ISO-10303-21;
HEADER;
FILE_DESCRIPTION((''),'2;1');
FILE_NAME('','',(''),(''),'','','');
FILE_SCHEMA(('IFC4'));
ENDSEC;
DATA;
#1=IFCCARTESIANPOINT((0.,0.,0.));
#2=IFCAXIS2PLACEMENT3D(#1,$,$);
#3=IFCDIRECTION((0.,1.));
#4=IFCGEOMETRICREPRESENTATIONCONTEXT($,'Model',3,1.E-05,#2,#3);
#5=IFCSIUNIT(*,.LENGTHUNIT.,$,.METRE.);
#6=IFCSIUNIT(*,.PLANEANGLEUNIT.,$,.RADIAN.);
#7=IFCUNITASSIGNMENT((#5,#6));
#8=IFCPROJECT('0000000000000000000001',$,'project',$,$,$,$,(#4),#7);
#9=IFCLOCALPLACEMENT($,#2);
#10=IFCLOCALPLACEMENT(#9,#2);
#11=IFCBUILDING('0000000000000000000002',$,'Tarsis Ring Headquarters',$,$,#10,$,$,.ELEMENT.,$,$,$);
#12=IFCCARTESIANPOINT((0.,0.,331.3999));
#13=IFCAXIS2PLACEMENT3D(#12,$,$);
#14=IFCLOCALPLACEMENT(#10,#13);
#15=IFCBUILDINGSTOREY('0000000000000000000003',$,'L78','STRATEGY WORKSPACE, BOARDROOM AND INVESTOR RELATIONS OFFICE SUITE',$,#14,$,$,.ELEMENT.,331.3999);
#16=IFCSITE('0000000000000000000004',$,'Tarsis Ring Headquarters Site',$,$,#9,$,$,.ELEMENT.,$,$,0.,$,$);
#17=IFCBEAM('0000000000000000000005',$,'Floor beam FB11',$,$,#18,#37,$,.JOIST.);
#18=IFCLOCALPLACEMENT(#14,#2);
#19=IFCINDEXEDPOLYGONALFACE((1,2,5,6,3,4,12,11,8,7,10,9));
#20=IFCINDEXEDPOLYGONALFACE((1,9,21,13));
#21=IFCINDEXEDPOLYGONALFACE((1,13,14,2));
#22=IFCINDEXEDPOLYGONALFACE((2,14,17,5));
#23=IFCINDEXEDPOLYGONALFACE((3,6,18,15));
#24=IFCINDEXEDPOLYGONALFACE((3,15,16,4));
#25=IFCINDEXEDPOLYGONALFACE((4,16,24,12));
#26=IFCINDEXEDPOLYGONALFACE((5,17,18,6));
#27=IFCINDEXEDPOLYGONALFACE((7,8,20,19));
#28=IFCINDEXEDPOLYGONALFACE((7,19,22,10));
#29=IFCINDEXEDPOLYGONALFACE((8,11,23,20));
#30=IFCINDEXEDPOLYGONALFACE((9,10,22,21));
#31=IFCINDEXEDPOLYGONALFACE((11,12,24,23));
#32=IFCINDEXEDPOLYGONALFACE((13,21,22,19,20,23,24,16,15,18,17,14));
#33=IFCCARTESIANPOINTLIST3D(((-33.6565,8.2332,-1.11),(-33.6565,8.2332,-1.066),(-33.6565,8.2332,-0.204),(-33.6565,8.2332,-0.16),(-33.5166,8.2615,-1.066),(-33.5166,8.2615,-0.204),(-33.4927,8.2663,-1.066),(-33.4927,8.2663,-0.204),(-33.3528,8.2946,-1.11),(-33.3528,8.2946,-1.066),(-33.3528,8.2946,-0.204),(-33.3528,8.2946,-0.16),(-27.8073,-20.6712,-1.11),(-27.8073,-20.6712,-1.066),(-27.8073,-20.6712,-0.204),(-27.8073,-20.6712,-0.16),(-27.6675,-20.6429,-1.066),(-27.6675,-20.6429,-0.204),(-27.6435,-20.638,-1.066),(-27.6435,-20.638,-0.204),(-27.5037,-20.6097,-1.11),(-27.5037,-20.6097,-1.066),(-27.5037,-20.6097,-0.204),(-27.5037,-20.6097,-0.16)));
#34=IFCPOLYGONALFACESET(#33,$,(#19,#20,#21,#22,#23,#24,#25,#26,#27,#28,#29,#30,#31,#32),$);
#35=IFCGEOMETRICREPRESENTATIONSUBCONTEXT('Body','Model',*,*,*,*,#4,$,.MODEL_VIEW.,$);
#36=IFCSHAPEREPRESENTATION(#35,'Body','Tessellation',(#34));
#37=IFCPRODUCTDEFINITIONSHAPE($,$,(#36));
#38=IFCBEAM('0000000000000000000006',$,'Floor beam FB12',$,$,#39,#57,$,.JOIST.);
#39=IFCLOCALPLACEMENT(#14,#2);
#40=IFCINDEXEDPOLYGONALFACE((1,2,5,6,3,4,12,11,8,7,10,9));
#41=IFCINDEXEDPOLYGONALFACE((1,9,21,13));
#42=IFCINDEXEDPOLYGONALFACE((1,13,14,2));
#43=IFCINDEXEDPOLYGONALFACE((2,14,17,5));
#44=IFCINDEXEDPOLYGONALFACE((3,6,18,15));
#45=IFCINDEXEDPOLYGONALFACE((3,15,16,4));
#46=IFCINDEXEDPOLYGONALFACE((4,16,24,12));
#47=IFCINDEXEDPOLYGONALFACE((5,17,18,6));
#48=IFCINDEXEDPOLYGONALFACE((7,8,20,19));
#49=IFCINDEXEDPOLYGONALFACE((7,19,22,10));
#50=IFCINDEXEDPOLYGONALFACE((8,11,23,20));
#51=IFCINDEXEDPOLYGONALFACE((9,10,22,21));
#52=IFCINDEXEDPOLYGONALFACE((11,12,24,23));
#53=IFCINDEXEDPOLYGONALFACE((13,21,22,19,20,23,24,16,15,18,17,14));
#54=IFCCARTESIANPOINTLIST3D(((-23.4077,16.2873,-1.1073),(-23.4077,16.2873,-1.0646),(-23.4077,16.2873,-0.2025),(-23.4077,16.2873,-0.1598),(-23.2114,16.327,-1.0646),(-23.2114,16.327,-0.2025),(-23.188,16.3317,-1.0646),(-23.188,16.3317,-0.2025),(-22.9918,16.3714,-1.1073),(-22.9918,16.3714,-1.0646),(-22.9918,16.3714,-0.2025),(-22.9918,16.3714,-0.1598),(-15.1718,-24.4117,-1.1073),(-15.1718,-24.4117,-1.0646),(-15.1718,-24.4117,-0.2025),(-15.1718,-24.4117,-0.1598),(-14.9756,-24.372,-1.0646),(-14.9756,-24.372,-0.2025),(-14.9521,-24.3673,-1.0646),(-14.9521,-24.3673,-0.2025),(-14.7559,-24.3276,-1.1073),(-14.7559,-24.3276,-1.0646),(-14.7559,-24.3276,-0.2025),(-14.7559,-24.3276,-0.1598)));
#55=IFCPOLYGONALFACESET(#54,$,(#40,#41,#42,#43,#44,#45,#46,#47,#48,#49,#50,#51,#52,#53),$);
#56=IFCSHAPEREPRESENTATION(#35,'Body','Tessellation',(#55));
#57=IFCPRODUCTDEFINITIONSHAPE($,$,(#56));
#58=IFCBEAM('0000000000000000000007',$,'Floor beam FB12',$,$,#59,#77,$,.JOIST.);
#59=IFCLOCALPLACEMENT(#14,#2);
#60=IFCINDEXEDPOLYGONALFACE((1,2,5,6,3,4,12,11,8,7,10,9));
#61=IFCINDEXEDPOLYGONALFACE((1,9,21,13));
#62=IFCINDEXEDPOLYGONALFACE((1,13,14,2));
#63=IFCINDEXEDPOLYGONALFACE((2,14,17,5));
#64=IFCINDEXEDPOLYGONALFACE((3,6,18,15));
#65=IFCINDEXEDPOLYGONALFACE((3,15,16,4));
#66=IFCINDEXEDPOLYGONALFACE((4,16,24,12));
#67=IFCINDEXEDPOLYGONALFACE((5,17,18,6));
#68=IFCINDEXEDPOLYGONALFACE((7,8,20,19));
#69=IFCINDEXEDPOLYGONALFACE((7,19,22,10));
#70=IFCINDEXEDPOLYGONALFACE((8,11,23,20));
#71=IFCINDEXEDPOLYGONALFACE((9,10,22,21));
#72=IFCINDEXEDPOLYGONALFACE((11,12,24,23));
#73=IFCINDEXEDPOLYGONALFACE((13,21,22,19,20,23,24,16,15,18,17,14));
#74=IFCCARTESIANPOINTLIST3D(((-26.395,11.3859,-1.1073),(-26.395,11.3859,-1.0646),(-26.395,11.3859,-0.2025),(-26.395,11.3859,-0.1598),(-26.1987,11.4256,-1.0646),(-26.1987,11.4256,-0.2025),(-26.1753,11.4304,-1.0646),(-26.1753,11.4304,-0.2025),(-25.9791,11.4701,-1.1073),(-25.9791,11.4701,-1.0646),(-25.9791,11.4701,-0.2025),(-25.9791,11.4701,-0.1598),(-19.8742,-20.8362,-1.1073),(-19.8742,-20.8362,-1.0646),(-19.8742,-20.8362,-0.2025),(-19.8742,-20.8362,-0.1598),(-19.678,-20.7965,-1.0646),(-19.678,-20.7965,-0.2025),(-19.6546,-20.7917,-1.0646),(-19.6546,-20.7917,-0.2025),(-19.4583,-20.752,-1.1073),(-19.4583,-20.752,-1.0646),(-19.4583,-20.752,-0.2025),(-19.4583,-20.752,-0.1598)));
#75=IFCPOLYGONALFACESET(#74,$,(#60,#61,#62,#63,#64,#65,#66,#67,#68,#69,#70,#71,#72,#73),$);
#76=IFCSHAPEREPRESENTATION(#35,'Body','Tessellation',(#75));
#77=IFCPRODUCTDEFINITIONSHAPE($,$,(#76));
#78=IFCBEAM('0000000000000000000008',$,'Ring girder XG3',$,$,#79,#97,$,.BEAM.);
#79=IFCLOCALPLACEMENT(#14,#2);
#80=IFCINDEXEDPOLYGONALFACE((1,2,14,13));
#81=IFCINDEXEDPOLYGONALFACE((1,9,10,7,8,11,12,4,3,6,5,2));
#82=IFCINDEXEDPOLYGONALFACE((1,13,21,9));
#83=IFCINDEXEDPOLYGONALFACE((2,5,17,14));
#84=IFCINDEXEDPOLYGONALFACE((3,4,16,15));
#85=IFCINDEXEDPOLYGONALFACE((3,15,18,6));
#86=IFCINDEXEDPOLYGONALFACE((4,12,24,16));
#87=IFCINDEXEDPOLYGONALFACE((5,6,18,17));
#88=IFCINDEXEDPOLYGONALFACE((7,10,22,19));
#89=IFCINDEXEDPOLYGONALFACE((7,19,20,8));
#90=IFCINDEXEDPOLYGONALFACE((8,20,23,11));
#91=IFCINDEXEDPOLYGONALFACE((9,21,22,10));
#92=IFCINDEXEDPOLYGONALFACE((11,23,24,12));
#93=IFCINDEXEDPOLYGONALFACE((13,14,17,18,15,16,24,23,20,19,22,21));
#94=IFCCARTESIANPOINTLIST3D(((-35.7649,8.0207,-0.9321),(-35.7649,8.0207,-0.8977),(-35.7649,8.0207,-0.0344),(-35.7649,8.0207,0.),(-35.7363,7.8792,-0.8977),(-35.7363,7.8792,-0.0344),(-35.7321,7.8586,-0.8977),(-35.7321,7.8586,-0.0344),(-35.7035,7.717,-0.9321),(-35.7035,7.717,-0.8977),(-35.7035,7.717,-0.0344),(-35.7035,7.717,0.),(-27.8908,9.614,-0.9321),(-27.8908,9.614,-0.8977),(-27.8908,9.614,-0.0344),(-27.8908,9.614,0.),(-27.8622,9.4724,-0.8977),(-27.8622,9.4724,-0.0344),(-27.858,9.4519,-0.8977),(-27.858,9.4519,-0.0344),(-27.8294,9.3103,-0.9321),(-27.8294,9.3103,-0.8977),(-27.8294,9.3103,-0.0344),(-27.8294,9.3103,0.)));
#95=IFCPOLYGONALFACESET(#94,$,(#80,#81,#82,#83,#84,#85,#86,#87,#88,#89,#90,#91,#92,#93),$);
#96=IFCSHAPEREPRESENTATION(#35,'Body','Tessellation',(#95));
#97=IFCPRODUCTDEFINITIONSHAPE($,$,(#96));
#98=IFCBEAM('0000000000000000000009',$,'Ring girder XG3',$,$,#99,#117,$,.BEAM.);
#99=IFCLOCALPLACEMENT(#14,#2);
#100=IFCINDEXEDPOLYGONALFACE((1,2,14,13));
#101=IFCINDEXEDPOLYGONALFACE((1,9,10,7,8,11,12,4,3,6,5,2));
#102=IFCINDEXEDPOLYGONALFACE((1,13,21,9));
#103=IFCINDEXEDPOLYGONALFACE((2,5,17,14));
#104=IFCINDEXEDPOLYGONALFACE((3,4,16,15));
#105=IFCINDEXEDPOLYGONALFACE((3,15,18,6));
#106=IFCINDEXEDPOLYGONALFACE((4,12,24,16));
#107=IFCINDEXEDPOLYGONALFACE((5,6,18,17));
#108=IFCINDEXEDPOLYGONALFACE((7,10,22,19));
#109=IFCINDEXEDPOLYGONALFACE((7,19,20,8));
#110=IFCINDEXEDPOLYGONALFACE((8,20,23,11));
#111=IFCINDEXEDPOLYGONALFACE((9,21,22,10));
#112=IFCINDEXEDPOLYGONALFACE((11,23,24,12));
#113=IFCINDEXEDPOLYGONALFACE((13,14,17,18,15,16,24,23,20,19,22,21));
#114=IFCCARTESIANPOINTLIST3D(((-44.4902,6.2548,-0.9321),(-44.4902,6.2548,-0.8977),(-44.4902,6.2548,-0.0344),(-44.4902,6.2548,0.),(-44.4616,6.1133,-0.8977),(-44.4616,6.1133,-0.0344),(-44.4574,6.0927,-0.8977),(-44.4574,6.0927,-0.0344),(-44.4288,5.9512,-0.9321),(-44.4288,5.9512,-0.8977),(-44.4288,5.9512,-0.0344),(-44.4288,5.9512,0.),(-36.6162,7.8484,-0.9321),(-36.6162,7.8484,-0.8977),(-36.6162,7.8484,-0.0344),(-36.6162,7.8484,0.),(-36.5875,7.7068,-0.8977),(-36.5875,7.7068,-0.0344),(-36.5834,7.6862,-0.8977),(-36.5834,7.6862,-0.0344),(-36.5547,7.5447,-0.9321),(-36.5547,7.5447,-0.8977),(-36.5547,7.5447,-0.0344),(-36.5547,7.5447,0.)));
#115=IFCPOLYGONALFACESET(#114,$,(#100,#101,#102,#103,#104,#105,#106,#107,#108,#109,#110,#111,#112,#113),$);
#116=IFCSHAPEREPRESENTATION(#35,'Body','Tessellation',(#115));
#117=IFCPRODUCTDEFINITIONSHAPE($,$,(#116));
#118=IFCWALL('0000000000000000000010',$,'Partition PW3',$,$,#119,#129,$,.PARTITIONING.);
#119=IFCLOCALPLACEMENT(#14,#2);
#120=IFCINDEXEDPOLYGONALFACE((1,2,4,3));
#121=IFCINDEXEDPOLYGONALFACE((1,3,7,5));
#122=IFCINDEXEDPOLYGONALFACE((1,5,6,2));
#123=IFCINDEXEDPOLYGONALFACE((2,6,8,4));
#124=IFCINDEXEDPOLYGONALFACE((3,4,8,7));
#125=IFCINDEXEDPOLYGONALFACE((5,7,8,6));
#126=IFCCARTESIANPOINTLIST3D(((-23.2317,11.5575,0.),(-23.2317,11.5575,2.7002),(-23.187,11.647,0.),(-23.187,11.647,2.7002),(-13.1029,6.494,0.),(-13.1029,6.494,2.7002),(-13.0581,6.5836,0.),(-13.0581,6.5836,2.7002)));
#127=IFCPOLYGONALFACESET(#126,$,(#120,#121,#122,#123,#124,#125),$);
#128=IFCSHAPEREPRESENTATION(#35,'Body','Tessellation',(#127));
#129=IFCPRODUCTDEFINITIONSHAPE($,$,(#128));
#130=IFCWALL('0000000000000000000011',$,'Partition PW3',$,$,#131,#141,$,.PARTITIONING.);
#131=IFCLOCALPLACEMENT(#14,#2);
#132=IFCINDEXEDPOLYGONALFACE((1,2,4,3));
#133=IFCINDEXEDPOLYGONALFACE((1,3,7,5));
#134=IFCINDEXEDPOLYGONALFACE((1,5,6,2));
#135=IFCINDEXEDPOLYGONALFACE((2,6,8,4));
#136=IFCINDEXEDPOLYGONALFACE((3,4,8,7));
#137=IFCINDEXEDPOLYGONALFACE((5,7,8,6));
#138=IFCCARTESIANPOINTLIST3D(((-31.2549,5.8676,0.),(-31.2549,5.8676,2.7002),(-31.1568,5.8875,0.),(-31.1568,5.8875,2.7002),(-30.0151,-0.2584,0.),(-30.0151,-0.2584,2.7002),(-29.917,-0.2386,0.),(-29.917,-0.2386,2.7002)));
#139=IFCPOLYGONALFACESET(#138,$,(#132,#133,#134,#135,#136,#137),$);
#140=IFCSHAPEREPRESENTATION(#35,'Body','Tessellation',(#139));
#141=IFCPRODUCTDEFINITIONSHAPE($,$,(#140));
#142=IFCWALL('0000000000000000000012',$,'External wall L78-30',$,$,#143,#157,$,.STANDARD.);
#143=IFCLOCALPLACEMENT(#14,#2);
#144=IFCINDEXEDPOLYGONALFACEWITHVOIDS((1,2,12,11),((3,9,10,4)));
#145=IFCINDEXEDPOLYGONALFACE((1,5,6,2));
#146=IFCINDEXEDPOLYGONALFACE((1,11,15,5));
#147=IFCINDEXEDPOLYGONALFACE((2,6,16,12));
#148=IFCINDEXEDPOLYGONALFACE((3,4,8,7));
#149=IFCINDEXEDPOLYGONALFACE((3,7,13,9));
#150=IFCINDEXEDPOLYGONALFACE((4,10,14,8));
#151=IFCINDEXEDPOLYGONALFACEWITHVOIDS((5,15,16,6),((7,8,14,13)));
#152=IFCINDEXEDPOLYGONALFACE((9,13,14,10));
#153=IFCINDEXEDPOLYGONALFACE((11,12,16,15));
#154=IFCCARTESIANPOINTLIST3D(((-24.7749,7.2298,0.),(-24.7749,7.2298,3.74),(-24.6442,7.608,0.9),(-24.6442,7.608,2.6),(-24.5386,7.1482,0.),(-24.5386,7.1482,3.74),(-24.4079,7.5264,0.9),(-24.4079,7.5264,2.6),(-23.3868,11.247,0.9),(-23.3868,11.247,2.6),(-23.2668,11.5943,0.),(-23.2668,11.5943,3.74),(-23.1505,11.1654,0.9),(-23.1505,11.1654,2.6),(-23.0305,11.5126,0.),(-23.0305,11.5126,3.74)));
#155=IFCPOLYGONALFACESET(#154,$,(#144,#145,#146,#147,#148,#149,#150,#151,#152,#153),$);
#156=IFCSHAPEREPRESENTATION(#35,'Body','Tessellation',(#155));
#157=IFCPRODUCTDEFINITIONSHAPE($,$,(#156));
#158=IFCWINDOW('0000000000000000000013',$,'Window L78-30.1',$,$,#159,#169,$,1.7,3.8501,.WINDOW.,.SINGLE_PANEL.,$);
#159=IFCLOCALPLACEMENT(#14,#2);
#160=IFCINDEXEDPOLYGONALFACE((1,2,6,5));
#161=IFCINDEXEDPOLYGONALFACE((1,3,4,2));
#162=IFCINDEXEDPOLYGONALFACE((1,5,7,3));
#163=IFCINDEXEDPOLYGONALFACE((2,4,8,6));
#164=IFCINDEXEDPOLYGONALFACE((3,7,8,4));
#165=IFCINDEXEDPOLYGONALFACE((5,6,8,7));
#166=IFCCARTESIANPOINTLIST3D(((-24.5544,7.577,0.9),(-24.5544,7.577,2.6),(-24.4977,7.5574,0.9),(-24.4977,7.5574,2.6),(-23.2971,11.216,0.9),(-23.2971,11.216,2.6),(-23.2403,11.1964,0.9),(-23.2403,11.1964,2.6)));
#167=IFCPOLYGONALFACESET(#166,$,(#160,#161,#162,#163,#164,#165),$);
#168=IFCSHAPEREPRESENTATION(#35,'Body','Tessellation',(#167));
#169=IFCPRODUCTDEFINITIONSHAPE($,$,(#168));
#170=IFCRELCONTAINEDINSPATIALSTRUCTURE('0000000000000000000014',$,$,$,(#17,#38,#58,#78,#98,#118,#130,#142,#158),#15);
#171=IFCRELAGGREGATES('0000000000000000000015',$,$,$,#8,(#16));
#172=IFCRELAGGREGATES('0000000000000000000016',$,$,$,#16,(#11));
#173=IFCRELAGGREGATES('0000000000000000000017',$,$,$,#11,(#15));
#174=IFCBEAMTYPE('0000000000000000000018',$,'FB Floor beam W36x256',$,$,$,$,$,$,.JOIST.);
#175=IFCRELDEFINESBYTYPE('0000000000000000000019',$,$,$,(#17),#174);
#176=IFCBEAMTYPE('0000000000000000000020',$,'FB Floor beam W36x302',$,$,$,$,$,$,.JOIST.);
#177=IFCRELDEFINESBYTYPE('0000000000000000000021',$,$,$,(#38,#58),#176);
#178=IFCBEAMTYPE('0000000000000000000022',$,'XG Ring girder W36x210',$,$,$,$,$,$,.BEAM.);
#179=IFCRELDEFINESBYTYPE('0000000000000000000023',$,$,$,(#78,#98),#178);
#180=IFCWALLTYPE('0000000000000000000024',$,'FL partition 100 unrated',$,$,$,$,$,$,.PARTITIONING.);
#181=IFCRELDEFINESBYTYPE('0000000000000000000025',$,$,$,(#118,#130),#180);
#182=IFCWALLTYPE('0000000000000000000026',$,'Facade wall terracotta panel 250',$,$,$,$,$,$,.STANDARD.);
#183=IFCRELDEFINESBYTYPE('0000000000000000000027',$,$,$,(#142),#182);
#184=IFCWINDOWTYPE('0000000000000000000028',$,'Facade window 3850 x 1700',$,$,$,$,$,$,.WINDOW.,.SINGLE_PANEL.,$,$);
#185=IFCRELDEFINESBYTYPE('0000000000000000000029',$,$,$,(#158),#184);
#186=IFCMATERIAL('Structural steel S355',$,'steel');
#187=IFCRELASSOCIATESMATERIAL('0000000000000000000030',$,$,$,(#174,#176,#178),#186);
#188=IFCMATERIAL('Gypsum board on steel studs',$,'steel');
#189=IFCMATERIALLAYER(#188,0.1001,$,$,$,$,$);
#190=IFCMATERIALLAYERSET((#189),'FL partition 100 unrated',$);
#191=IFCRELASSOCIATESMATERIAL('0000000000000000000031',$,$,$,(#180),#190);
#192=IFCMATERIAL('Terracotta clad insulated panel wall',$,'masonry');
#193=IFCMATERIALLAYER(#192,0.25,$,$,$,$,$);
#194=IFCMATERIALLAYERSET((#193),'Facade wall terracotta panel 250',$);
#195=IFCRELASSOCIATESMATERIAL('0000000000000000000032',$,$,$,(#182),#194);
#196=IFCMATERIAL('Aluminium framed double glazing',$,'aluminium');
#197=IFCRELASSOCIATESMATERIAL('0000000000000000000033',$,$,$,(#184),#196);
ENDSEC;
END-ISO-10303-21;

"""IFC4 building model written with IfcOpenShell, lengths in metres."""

from ifc_helpers import new_model, si_unit, direction, frame, frame_2d, origin, origin_2d, place, context, subcontext, project, spatial, rectangle, i_section, extrude, material, layer, layer_set, material_profile, profile_set, type_object, element, fill, save


model = new_model("IFC4")

# Units and contexts
model_context = context("Model", 3, precision=1e-05, world=origin(), true_north=direction((0.0, 1.0)))
body_context = subcontext(model_context, "Body", "Model", "MODEL_VIEW")
ifc_project = project(units=[si_unit("LENGTHUNIT", "METRE"), si_unit("PLANEANGLEUNIT", "RADIAN")], contexts=[model_context])

# Site, building, storey
site_placement = place(None, origin())
site = spatial("IfcSite", under=ifc_project, at=site_placement, Name="Tarsis Ring Headquarters Site", CompositionType="ELEMENT", RefElevation=0.0)
building_placement = place(site_placement, origin())
building = spatial("IfcBuilding", under=site, at=building_placement, Name="Tarsis Ring Headquarters", CompositionType="ELEMENT")
storey_placement = place(building_placement, frame((0.0, 0.0, 331.3999)))
storey = spatial("IfcBuildingStorey", under=building, at=storey_placement, Name="L78", Description="STRATEGY WORKSPACE, BOARDROOM AND INVESTOR RELATIONS OFFICE SUITE", CompositionType="ELEMENT", Elevation=331.3999)

# Shared definitions
ifc_material_1 = material(Name="Structural steel S355", Category="steel")

# Beams
ifc_material_profile_1 = material_profile(ifc_material_1, i_section(OverallWidth=0.3098, OverallDepth=0.95, WebThickness=0.0244, FlangeThickness=0.0439, at=origin_2d()), Name="W36x256")
ifc_profile_set_1 = profile_set([ifc_material_profile_1], Name="Structural steel S355")
beam_type_1 = type_object("IfcBeamType", Name="FB Floor beam W36x256", PredefinedType="JOIST", material=ifc_profile_set_1)
for number, where, z_axis, x_axis, name in (
    (1, (-33.5046, 8.2639, -0.635), (0.198341, -0.980133, 0.0), (0.980133, 0.198341, 0.0), "Floor beam FB11"),
):
    element("IfcBeam", number, at=place(storey_placement, frame(where, z_axis=z_axis, x_axis=x_axis)), inside=storey, type_object=beam_type_1, Name=name, PredefinedType="JOIST", context=body_context, shape_type="SweptSolid", body=[
        extrude(i_section(OverallWidth=0.3098, OverallDepth=0.95, WebThickness=0.0244, FlangeThickness=0.0439, at=origin_2d()), origin(), (0.0, 0.0, 1.0), 29.4902),
    ])
ifc_material_profile_2 = material_profile(ifc_material_1, i_section(OverallWidth=0.4243, OverallDepth=0.9475, WebThickness=0.0239, FlangeThickness=0.0427, at=origin_2d()), Name="W36x302")
ifc_profile_set_2 = profile_set([ifc_material_profile_2], Name="Structural steel S355")
beam_type_2 = type_object("IfcBeamType", Name="FB Floor beam W36x302", PredefinedType="JOIST", material=ifc_profile_set_2)
beam_1_placement = place(storey_placement, frame((-23.1997, 16.3293, -0.6335), z_axis=(0.19834, -0.980133, 0.0), x_axis=(0.980133, 0.19834, 0.0)))
element("IfcBeam", 2, at=beam_1_placement, inside=storey, type_object=beam_type_2, Name="Floor beam FB12", PredefinedType="JOIST", context=body_context, shape_type="SweptSolid", body=[
    extrude(i_section(OverallWidth=0.4243, OverallDepth=0.9475, WebThickness=0.0239, FlangeThickness=0.0427, at=origin_2d()), origin(), (0.0, 0.0, 1.0), 41.5239),
])
beam_2_placement = place(storey_placement, frame((-26.187, 11.428, -0.6335), z_axis=(0.198348, -0.980132, 0.0), x_axis=(0.980132, 0.198348, 0.0)))
element("IfcBeam", 3, at=beam_2_placement, inside=storey, type_object=beam_type_2, Name="Floor beam FB12", PredefinedType="JOIST", context=body_context, shape_type="SweptSolid", body=[
    extrude(i_section(OverallWidth=0.4243, OverallDepth=0.9475, WebThickness=0.0239, FlangeThickness=0.0427, at=origin_2d()), origin(), (0.0, 0.0, 1.0), 32.8752),
])
ifc_material_profile_3 = material_profile(ifc_material_1, i_section(OverallWidth=0.3098, OverallDepth=0.9321, WebThickness=0.021, FlangeThickness=0.0344, at=origin_2d()), Name="W36x210")
ifc_profile_set_3 = profile_set([ifc_material_profile_3], Name="Structural steel S355")
beam_type_3 = type_object("IfcBeamType", Name="XG Ring girder W36x210", PredefinedType="BEAM", material=ifc_profile_set_3)
for number, where, z_axis, x_axis, name in (
    (4, (-27.8601, 9.4622, -0.4661), (-0.980136, -0.198325, 0.0), (0.198325, -0.980136, 0.0), "Ring girder XG3"),
    (5, (-36.5854, 7.6965, -0.4661), (-0.98013, -0.198354, 0.0), (0.198354, -0.98013, 0.0), "Ring girder XG3"),
):
    element("IfcBeam", number, at=place(storey_placement, frame(where, z_axis=z_axis, x_axis=x_axis)), inside=storey, type_object=beam_type_3, Name=name, PredefinedType="BEAM", context=body_context, shape_type="SweptSolid", body=[
        extrude(i_section(OverallWidth=0.3098, OverallDepth=0.9321, WebThickness=0.021, FlangeThickness=0.0344, at=origin_2d()), origin(), (0.0, 0.0, 1.0), 8.0337),
    ])

# Walls
ifc_material_2 = material(Name="Gypsum board on steel studs", Category="steel")
ifc_layer_1 = layer(ifc_material_2, 0.1001)
ifc_layer_set_1 = layer_set([ifc_layer_1], Name="FL partition 100 unrated")
wall_type_1 = type_object("IfcWallType", Name="FL partition 100 unrated", PredefinedType="PARTITIONING", material=ifc_layer_set_1)
wall_1_placement = place(storey_placement, frame((-23.2095, 11.6023, 0.0), z_axis=(0.0, 0.0, 1.0), x_axis=(0.894462, -0.447145, 0.0)))
element("IfcWall", 6, at=wall_1_placement, inside=storey, type_object=wall_type_1, Name="Partition PW3", PredefinedType="PARTITIONING", context=body_context, shape_type="SweptSolid", body=[
    extrude(rectangle(XDim=11.324, YDim=0.1001, at=frame_2d((5.6621, 0.0))), origin(), (0.0, 0.0, 1.0), 2.7002),
])
wall_2_placement = place(storey_placement, frame((-31.2058, 5.8774, 0.0), z_axis=(0.0, 0.0, 1.0), x_axis=(0.198354, -0.98013, 0.0)))
element("IfcWall", 7, at=wall_2_placement, inside=storey, type_object=wall_type_1, Name="Partition PW3", PredefinedType="PARTITIONING", context=body_context, shape_type="SweptSolid", body=[
    extrude(rectangle(XDim=6.2502, YDim=0.1001, at=frame_2d((3.125, 0.0))), origin(), (0.0, 0.0, 1.0), 2.7002),
])

# Wall, opening, window
ifc_material_3 = material(Name="Terracotta clad insulated panel wall", Category="masonry")
ifc_layer_2 = layer(ifc_material_3, 0.25)
ifc_layer_set_2 = layer_set([ifc_layer_2], Name="Facade wall terracotta panel 250")
wall_type_2 = type_object("IfcWallType", Name="Facade wall terracotta panel 250", PredefinedType="STANDARD", material=ifc_layer_set_2)
wall_3_placement = place(storey_placement, frame((-23.1487, 11.5535, 0.0), z_axis=(0.0, 0.0, 1.0), x_axis=(-0.326582, -0.945169, 0.0)))
wall_3 = element("IfcWall", 8, at=wall_3_placement, inside=storey, type_object=wall_type_2, Name="External wall L78-30", PredefinedType="STANDARD", context=body_context, shape_type="SweptSolid", body=[
    extrude(rectangle(XDim=4.6177, YDim=0.25, at=frame_2d((2.3088, 0.0))), origin(), (0.0, 0.0, 1.0), 3.74),
])
opening_1_placement = place(wall_3_placement, frame((0.3674, 0.0, 0.8999)))
opening_1 = element("IfcOpeningElement", 9, at=opening_1_placement, cuts=wall_3, PredefinedType="OPENING", context=body_context, shape_type="SweptSolid", body=[
    extrude(rectangle(XDim=3.8501, YDim=1.7, at=frame_2d((1.925, 0.8501))), frame((0.0, 0.135, 0.0), z_axis=(0.0, -1.0, 0.0), x_axis=(1.0, 0.0, 0.0)), (0.0, 0.0, 1.0), 0.27),
])
ifc_material_4 = material(Name="Aluminium framed double glazing", Category="aluminium")
window_type_1 = type_object("IfcWindowType", Name="Facade window 3850 x 1700", PartitioningType="SINGLE_PANEL", PredefinedType="WINDOW", material=ifc_material_4)
window_1_placement = place(opening_1_placement, origin())
window_1 = element("IfcWindow", 10, at=window_1_placement, inside=storey, type_object=window_type_1, Name="Window L78-30.1", OverallHeight=1.7, OverallWidth=3.8501, PartitioningType="SINGLE_PANEL", PredefinedType="WINDOW", context=body_context, shape_type="SweptSolid", body=[
    extrude(rectangle(XDim=3.8501, YDim=1.7, at=frame_2d((1.925, 0.8501))), frame((0.0, 0.03, 0.0), z_axis=(0.0, -1.0, 0.0), x_axis=(1.0, 0.0, 0.0)), (0.0, 0.0, 1.0), 0.0601),
])
fill(opening_1, window_1)

save(model, "model.ifc")
